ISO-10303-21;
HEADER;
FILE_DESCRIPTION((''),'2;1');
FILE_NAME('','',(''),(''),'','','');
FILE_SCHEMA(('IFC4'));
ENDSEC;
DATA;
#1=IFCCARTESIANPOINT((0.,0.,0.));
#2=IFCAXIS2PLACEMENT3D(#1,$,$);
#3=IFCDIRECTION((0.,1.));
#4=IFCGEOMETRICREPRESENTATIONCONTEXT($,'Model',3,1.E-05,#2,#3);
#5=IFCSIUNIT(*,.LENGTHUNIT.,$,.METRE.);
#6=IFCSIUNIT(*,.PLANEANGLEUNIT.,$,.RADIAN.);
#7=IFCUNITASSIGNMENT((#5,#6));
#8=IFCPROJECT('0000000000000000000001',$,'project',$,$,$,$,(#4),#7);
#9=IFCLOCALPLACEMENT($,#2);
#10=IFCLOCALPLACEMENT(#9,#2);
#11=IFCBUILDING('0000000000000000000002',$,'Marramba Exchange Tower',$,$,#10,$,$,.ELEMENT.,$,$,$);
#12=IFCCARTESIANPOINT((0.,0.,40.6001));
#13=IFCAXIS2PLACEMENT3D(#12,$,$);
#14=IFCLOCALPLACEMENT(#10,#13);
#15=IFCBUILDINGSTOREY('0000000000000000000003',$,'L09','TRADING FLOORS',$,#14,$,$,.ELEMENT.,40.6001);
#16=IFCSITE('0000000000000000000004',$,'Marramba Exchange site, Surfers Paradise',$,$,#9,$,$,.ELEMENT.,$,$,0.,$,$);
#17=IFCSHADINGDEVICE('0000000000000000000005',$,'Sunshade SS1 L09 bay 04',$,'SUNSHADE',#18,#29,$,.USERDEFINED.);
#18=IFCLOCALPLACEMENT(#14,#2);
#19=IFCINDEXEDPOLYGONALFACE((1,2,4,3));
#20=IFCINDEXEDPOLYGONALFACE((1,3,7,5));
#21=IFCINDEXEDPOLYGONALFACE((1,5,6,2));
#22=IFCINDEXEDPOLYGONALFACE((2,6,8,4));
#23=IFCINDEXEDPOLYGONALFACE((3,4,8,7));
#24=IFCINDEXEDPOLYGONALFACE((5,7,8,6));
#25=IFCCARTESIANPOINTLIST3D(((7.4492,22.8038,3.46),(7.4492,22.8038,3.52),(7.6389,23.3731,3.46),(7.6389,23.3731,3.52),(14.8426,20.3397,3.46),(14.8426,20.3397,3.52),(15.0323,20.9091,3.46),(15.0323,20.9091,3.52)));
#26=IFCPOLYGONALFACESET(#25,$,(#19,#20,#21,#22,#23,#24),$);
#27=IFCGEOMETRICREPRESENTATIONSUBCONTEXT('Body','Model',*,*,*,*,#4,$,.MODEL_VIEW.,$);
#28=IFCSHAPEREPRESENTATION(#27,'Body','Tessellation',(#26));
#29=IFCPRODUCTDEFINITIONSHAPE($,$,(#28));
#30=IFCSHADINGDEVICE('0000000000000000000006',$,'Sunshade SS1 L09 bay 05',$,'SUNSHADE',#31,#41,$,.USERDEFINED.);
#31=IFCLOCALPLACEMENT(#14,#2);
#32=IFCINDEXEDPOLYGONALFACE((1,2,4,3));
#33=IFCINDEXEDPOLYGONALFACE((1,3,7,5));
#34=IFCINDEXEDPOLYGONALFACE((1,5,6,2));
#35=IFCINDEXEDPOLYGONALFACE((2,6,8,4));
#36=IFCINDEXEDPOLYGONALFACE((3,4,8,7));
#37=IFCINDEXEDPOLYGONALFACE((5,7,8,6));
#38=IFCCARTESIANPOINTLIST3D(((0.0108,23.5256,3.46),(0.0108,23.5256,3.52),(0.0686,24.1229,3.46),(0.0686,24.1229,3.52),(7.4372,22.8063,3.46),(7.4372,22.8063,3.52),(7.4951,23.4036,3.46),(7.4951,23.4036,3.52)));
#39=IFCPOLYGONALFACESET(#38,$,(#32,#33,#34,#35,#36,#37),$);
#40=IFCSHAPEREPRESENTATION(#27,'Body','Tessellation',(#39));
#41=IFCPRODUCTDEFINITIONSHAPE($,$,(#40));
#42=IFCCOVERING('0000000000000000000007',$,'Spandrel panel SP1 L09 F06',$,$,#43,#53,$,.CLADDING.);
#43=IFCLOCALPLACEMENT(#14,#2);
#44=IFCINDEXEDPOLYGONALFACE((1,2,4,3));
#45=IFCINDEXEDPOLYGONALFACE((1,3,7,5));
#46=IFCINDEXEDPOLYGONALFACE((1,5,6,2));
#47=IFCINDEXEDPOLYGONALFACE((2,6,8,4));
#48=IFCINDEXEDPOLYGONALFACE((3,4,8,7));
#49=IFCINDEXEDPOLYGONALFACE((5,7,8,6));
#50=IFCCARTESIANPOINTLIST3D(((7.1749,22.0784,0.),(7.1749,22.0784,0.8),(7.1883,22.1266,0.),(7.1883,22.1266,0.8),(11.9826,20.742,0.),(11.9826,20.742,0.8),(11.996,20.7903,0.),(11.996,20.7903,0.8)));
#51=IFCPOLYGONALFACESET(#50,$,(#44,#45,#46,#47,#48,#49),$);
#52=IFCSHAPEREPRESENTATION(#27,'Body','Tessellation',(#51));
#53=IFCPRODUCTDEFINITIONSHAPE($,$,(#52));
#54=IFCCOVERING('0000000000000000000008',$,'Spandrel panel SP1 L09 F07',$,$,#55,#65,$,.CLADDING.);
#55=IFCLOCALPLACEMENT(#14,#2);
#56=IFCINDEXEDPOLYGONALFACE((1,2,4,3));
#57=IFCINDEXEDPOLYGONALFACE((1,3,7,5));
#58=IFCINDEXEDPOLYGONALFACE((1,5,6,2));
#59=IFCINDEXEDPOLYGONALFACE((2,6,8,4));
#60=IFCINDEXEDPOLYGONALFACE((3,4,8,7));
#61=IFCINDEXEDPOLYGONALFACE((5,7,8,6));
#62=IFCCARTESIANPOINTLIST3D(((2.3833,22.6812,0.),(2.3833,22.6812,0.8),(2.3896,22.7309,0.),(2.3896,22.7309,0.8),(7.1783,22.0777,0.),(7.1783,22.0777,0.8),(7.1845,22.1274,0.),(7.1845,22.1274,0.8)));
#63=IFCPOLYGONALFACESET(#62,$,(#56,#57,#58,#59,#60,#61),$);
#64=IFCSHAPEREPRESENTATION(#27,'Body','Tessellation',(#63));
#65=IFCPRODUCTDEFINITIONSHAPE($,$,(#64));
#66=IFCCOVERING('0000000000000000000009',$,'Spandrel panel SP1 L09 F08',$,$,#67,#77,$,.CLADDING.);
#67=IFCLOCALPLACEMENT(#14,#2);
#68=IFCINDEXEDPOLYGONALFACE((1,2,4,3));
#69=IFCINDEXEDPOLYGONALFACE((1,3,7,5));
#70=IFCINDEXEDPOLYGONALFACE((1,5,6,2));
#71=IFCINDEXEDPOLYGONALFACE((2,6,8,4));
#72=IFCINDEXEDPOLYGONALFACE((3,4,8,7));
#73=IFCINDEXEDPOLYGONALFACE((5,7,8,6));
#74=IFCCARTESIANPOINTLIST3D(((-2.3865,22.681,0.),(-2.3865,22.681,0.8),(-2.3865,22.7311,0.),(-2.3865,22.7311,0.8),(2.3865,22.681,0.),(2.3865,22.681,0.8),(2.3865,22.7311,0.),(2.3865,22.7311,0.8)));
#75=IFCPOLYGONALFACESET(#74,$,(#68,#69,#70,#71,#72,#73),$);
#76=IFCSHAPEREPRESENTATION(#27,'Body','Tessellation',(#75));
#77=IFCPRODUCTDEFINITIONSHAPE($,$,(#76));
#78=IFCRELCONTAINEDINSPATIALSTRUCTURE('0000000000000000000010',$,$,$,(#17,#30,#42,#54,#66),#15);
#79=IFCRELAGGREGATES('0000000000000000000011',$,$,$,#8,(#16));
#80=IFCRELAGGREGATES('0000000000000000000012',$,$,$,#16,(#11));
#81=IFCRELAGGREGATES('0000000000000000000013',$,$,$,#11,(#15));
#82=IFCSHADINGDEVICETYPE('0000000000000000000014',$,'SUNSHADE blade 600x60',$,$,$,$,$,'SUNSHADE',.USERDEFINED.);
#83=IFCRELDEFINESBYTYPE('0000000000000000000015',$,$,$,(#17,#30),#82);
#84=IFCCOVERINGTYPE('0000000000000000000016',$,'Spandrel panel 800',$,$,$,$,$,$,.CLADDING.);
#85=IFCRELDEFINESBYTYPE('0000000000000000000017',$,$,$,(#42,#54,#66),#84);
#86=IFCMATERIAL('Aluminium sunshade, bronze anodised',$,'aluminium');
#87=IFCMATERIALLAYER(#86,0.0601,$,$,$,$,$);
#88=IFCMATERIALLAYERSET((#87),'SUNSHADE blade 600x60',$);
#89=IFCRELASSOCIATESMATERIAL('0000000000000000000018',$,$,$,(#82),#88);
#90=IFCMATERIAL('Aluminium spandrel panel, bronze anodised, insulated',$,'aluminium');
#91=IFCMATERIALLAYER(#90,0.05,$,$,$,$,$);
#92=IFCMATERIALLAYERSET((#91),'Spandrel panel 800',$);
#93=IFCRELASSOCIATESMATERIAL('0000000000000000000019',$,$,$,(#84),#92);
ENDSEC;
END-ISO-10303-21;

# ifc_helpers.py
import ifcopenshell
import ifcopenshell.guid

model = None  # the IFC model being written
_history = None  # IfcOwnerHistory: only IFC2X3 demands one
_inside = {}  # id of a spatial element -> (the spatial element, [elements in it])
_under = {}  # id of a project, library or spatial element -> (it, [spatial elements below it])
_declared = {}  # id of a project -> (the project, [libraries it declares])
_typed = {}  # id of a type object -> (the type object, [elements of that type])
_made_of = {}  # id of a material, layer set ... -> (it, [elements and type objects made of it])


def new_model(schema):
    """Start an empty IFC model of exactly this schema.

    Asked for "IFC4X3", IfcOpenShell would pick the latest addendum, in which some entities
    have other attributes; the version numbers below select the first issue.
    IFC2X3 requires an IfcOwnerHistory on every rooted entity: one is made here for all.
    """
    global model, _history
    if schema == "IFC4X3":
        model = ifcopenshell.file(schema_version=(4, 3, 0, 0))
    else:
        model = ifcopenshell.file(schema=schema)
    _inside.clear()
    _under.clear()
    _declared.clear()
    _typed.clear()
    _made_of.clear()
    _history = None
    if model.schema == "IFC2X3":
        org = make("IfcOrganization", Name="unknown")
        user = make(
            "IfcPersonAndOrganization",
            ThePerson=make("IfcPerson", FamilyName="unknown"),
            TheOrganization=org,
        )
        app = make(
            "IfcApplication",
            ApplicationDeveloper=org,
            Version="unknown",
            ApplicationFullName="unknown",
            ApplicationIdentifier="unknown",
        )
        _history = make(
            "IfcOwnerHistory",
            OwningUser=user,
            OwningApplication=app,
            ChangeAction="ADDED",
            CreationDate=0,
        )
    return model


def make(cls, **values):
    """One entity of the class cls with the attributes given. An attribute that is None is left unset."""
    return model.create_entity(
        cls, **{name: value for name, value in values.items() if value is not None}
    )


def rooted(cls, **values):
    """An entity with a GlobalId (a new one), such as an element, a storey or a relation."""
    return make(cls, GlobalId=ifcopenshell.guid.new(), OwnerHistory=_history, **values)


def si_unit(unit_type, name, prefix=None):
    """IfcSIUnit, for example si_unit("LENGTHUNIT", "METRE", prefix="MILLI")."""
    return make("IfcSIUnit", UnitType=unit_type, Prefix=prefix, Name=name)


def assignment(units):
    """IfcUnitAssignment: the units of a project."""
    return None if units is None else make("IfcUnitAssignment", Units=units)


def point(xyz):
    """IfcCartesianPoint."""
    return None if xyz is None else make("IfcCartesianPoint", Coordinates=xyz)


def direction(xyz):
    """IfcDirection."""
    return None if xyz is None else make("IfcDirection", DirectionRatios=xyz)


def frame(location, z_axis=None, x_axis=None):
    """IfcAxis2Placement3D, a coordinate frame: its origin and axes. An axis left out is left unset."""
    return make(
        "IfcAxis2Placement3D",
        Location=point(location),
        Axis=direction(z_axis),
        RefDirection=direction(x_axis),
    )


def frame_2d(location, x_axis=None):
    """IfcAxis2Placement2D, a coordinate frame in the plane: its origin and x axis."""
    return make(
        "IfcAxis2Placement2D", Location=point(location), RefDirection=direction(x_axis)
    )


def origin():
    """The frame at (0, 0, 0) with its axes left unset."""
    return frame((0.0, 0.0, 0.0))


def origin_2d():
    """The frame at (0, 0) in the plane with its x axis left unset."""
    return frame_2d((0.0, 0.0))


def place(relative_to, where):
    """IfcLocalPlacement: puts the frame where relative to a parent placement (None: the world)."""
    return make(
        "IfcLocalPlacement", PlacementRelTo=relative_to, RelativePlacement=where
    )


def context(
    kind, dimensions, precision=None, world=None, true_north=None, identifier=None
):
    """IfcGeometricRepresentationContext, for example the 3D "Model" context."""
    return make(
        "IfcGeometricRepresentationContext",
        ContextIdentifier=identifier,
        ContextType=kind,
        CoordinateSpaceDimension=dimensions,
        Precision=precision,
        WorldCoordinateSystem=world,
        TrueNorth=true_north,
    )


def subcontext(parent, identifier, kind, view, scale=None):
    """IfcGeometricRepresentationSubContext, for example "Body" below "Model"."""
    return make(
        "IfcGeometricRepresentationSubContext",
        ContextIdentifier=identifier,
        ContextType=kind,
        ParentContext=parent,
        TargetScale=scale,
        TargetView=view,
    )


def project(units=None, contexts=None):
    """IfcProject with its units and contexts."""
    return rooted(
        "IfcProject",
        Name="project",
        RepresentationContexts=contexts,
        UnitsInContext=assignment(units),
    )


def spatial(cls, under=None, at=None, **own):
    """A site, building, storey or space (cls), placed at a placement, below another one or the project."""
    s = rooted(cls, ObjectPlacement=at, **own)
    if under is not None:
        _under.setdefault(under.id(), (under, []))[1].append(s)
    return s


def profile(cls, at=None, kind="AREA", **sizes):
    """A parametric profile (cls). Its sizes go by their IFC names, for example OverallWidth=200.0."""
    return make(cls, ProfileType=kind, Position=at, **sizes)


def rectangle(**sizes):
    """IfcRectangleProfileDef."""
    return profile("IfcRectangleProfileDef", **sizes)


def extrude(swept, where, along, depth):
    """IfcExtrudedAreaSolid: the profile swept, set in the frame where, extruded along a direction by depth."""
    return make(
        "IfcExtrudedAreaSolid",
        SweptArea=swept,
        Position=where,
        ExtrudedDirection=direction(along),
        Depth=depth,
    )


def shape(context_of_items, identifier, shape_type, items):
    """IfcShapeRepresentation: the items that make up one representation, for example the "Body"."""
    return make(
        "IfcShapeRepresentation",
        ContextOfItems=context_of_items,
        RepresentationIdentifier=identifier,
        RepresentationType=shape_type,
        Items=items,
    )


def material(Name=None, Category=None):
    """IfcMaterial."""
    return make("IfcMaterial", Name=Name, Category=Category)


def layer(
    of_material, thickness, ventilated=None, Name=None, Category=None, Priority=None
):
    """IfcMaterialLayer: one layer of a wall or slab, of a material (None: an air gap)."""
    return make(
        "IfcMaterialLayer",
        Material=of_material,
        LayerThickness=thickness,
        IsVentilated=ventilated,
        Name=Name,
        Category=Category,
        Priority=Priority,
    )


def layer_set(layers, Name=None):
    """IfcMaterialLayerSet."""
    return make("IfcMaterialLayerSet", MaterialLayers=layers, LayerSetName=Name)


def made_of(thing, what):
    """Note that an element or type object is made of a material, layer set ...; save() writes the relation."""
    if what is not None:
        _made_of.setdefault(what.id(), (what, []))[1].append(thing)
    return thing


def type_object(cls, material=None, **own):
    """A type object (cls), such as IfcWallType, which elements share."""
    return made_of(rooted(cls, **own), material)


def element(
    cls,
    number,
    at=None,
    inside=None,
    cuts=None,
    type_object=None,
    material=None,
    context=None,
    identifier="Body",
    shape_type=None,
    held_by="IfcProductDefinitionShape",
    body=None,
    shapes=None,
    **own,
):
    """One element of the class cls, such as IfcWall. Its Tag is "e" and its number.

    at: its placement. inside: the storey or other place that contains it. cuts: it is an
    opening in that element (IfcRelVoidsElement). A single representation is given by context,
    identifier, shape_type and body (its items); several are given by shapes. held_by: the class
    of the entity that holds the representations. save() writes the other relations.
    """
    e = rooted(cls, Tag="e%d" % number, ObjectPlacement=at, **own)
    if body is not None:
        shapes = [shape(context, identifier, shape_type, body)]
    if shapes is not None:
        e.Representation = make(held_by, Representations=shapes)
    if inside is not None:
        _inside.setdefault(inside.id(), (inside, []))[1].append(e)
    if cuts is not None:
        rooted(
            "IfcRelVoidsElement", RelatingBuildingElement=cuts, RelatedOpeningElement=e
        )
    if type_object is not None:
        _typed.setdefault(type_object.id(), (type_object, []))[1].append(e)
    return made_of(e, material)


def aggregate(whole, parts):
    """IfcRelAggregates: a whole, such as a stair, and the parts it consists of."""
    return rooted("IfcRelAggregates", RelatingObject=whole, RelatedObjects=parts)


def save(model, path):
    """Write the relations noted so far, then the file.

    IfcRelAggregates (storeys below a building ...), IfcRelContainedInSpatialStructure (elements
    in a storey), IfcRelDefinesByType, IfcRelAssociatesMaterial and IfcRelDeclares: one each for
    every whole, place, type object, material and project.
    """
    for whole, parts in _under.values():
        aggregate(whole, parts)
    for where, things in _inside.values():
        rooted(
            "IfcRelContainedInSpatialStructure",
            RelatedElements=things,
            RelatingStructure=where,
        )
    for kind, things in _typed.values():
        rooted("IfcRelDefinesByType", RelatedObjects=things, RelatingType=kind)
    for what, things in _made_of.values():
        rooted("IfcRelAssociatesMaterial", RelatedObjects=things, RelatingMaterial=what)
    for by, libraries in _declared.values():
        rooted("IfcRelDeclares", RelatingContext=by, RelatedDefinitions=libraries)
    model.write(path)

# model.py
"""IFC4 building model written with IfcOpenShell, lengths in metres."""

from ifc_helpers import new_model, si_unit, direction, frame, origin, origin_2d, place, context, subcontext, project, spatial, rectangle, extrude, material, layer, layer_set, type_object, element, save


model = new_model("IFC4")

# Units and contexts
model_context = context("Model", 3, precision=1e-05, world=origin(), true_north=direction((0.0, 1.0)))
body_context = subcontext(model_context, "Body", "Model", "MODEL_VIEW")
ifc_project = project(units=[si_unit("LENGTHUNIT", "METRE"), si_unit("PLANEANGLEUNIT", "RADIAN")], contexts=[model_context])

# Site, building, storey
site_placement = place(None, origin())
site = spatial("IfcSite", under=ifc_project, at=site_placement, Name="Marramba Exchange site, Surfers Paradise", CompositionType="ELEMENT", RefElevation=0.0)
building_placement = place(site_placement, origin())
building = spatial("IfcBuilding", under=site, at=building_placement, Name="Marramba Exchange Tower", CompositionType="ELEMENT")
storey_placement = place(building_placement, frame((0.0, 0.0, 40.6001)))
storey = spatial("IfcBuildingStorey", under=building, at=storey_placement, Name="L09", Description="TRADING FLOORS", CompositionType="ELEMENT", Elevation=40.6001)

# Shading devices
ifc_material_1 = material(Name="Aluminium sunshade, bronze anodised", Category="aluminium")
ifc_layer_1 = layer(ifc_material_1, 0.0601)
ifc_layer_set_1 = layer_set([ifc_layer_1], Name="SUNSHADE blade 600x60")
shading_device_type_1 = type_object("IfcShadingDeviceType", Name="SUNSHADE blade 600x60", ElementType="SUNSHADE", PredefinedType="USERDEFINED", material=ifc_layer_set_1)
shading_device_1_placement = place(storey_placement, frame((11.2407, 21.8564, 3.46), z_axis=(0.0, 0.0, 1.0), x_axis=(-0.948698, 0.316184, 0.0)))
element("IfcShadingDevice", 1, at=shading_device_1_placement, inside=storey, type_object=shading_device_type_1, Name="Sunshade SS1 L09 bay 04", ObjectType="SUNSHADE", PredefinedType="USERDEFINED", context=body_context, shape_type="SweptSolid", body=[
    extrude(rectangle(XDim=7.7932, YDim=0.6001, at=origin_2d()), origin(), (0.0, 0.0, 1.0), 0.0601),
])
shading_device_2_placement = place(storey_placement, frame((3.7529, 23.4646, 3.46), z_axis=(0.0, 0.0, 1.0), x_axis=(-0.995343, 0.096398, 0.0)))
element("IfcShadingDevice", 2, at=shading_device_2_placement, inside=storey, type_object=shading_device_type_1, Name="Sunshade SS1 L09 bay 05", ObjectType="SUNSHADE", PredefinedType="USERDEFINED", context=body_context, shape_type="SweptSolid", body=[
    extrude(rectangle(XDim=7.4612, YDim=0.6001, at=origin_2d()), origin(), (0.0, 0.0, 1.0), 0.0601),
])

# Coverings
ifc_material_2 = material(Name="Aluminium spandrel panel, bronze anodised, insulated", Category="aluminium")
ifc_layer_2 = layer(ifc_material_2, 0.05)
ifc_layer_set_2 = layer_set([ifc_layer_2], Name="Spandrel panel 800")
covering_type = type_object("IfcCoveringType", Name="Spandrel panel 800", PredefinedType="CLADDING", material=ifc_layer_set_2)
covering_1_placement = place(storey_placement, frame((9.5854, 21.4343, 0.0), z_axis=(0.0, 0.0, 1.0), x_axis=(-0.963472, 0.267809, 0.0)))
element("IfcCovering", 3, at=covering_1_placement, inside=storey, type_object=covering_type, Name="Spandrel panel SP1 L09 F06", PredefinedType="CLADDING", context=body_context, shape_type="SweptSolid", body=[
    extrude(rectangle(XDim=4.99, YDim=0.05, at=origin_2d()), origin(), (0.0, 0.0, 1.0), 0.8),
])
covering_2_placement = place(storey_placement, frame((4.7839, 22.4043, 0.0), z_axis=(0.0, 0.0, 1.0), x_axis=(-0.992173, 0.124873, 0.0)))
element("IfcCovering", 4, at=covering_2_placement, inside=storey, type_object=covering_type, Name="Spandrel panel SP1 L09 F07", PredefinedType="CLADDING", context=body_context, shape_type="SweptSolid", body=[
    extrude(rectangle(XDim=4.8328, YDim=0.05, at=origin_2d()), origin(), (0.0, 0.0, 1.0), 0.8),
])
covering_3_placement = place(storey_placement, frame((0.0, 22.7061, 0.0), z_axis=(0.0, 0.0, 1.0), x_axis=(-1.0, 0.0, 0.0)))
element("IfcCovering", 5, at=covering_3_placement, inside=storey, type_object=covering_type, Name="Spandrel panel SP1 L09 F08", PredefinedType="CLADDING", context=body_context, shape_type="SweptSolid", body=[
    extrude(rectangle(XDim=4.7729, YDim=0.05, at=origin_2d()), origin(), (0.0, 0.0, 1.0), 0.8),
])

save(model, "model.ifc")
